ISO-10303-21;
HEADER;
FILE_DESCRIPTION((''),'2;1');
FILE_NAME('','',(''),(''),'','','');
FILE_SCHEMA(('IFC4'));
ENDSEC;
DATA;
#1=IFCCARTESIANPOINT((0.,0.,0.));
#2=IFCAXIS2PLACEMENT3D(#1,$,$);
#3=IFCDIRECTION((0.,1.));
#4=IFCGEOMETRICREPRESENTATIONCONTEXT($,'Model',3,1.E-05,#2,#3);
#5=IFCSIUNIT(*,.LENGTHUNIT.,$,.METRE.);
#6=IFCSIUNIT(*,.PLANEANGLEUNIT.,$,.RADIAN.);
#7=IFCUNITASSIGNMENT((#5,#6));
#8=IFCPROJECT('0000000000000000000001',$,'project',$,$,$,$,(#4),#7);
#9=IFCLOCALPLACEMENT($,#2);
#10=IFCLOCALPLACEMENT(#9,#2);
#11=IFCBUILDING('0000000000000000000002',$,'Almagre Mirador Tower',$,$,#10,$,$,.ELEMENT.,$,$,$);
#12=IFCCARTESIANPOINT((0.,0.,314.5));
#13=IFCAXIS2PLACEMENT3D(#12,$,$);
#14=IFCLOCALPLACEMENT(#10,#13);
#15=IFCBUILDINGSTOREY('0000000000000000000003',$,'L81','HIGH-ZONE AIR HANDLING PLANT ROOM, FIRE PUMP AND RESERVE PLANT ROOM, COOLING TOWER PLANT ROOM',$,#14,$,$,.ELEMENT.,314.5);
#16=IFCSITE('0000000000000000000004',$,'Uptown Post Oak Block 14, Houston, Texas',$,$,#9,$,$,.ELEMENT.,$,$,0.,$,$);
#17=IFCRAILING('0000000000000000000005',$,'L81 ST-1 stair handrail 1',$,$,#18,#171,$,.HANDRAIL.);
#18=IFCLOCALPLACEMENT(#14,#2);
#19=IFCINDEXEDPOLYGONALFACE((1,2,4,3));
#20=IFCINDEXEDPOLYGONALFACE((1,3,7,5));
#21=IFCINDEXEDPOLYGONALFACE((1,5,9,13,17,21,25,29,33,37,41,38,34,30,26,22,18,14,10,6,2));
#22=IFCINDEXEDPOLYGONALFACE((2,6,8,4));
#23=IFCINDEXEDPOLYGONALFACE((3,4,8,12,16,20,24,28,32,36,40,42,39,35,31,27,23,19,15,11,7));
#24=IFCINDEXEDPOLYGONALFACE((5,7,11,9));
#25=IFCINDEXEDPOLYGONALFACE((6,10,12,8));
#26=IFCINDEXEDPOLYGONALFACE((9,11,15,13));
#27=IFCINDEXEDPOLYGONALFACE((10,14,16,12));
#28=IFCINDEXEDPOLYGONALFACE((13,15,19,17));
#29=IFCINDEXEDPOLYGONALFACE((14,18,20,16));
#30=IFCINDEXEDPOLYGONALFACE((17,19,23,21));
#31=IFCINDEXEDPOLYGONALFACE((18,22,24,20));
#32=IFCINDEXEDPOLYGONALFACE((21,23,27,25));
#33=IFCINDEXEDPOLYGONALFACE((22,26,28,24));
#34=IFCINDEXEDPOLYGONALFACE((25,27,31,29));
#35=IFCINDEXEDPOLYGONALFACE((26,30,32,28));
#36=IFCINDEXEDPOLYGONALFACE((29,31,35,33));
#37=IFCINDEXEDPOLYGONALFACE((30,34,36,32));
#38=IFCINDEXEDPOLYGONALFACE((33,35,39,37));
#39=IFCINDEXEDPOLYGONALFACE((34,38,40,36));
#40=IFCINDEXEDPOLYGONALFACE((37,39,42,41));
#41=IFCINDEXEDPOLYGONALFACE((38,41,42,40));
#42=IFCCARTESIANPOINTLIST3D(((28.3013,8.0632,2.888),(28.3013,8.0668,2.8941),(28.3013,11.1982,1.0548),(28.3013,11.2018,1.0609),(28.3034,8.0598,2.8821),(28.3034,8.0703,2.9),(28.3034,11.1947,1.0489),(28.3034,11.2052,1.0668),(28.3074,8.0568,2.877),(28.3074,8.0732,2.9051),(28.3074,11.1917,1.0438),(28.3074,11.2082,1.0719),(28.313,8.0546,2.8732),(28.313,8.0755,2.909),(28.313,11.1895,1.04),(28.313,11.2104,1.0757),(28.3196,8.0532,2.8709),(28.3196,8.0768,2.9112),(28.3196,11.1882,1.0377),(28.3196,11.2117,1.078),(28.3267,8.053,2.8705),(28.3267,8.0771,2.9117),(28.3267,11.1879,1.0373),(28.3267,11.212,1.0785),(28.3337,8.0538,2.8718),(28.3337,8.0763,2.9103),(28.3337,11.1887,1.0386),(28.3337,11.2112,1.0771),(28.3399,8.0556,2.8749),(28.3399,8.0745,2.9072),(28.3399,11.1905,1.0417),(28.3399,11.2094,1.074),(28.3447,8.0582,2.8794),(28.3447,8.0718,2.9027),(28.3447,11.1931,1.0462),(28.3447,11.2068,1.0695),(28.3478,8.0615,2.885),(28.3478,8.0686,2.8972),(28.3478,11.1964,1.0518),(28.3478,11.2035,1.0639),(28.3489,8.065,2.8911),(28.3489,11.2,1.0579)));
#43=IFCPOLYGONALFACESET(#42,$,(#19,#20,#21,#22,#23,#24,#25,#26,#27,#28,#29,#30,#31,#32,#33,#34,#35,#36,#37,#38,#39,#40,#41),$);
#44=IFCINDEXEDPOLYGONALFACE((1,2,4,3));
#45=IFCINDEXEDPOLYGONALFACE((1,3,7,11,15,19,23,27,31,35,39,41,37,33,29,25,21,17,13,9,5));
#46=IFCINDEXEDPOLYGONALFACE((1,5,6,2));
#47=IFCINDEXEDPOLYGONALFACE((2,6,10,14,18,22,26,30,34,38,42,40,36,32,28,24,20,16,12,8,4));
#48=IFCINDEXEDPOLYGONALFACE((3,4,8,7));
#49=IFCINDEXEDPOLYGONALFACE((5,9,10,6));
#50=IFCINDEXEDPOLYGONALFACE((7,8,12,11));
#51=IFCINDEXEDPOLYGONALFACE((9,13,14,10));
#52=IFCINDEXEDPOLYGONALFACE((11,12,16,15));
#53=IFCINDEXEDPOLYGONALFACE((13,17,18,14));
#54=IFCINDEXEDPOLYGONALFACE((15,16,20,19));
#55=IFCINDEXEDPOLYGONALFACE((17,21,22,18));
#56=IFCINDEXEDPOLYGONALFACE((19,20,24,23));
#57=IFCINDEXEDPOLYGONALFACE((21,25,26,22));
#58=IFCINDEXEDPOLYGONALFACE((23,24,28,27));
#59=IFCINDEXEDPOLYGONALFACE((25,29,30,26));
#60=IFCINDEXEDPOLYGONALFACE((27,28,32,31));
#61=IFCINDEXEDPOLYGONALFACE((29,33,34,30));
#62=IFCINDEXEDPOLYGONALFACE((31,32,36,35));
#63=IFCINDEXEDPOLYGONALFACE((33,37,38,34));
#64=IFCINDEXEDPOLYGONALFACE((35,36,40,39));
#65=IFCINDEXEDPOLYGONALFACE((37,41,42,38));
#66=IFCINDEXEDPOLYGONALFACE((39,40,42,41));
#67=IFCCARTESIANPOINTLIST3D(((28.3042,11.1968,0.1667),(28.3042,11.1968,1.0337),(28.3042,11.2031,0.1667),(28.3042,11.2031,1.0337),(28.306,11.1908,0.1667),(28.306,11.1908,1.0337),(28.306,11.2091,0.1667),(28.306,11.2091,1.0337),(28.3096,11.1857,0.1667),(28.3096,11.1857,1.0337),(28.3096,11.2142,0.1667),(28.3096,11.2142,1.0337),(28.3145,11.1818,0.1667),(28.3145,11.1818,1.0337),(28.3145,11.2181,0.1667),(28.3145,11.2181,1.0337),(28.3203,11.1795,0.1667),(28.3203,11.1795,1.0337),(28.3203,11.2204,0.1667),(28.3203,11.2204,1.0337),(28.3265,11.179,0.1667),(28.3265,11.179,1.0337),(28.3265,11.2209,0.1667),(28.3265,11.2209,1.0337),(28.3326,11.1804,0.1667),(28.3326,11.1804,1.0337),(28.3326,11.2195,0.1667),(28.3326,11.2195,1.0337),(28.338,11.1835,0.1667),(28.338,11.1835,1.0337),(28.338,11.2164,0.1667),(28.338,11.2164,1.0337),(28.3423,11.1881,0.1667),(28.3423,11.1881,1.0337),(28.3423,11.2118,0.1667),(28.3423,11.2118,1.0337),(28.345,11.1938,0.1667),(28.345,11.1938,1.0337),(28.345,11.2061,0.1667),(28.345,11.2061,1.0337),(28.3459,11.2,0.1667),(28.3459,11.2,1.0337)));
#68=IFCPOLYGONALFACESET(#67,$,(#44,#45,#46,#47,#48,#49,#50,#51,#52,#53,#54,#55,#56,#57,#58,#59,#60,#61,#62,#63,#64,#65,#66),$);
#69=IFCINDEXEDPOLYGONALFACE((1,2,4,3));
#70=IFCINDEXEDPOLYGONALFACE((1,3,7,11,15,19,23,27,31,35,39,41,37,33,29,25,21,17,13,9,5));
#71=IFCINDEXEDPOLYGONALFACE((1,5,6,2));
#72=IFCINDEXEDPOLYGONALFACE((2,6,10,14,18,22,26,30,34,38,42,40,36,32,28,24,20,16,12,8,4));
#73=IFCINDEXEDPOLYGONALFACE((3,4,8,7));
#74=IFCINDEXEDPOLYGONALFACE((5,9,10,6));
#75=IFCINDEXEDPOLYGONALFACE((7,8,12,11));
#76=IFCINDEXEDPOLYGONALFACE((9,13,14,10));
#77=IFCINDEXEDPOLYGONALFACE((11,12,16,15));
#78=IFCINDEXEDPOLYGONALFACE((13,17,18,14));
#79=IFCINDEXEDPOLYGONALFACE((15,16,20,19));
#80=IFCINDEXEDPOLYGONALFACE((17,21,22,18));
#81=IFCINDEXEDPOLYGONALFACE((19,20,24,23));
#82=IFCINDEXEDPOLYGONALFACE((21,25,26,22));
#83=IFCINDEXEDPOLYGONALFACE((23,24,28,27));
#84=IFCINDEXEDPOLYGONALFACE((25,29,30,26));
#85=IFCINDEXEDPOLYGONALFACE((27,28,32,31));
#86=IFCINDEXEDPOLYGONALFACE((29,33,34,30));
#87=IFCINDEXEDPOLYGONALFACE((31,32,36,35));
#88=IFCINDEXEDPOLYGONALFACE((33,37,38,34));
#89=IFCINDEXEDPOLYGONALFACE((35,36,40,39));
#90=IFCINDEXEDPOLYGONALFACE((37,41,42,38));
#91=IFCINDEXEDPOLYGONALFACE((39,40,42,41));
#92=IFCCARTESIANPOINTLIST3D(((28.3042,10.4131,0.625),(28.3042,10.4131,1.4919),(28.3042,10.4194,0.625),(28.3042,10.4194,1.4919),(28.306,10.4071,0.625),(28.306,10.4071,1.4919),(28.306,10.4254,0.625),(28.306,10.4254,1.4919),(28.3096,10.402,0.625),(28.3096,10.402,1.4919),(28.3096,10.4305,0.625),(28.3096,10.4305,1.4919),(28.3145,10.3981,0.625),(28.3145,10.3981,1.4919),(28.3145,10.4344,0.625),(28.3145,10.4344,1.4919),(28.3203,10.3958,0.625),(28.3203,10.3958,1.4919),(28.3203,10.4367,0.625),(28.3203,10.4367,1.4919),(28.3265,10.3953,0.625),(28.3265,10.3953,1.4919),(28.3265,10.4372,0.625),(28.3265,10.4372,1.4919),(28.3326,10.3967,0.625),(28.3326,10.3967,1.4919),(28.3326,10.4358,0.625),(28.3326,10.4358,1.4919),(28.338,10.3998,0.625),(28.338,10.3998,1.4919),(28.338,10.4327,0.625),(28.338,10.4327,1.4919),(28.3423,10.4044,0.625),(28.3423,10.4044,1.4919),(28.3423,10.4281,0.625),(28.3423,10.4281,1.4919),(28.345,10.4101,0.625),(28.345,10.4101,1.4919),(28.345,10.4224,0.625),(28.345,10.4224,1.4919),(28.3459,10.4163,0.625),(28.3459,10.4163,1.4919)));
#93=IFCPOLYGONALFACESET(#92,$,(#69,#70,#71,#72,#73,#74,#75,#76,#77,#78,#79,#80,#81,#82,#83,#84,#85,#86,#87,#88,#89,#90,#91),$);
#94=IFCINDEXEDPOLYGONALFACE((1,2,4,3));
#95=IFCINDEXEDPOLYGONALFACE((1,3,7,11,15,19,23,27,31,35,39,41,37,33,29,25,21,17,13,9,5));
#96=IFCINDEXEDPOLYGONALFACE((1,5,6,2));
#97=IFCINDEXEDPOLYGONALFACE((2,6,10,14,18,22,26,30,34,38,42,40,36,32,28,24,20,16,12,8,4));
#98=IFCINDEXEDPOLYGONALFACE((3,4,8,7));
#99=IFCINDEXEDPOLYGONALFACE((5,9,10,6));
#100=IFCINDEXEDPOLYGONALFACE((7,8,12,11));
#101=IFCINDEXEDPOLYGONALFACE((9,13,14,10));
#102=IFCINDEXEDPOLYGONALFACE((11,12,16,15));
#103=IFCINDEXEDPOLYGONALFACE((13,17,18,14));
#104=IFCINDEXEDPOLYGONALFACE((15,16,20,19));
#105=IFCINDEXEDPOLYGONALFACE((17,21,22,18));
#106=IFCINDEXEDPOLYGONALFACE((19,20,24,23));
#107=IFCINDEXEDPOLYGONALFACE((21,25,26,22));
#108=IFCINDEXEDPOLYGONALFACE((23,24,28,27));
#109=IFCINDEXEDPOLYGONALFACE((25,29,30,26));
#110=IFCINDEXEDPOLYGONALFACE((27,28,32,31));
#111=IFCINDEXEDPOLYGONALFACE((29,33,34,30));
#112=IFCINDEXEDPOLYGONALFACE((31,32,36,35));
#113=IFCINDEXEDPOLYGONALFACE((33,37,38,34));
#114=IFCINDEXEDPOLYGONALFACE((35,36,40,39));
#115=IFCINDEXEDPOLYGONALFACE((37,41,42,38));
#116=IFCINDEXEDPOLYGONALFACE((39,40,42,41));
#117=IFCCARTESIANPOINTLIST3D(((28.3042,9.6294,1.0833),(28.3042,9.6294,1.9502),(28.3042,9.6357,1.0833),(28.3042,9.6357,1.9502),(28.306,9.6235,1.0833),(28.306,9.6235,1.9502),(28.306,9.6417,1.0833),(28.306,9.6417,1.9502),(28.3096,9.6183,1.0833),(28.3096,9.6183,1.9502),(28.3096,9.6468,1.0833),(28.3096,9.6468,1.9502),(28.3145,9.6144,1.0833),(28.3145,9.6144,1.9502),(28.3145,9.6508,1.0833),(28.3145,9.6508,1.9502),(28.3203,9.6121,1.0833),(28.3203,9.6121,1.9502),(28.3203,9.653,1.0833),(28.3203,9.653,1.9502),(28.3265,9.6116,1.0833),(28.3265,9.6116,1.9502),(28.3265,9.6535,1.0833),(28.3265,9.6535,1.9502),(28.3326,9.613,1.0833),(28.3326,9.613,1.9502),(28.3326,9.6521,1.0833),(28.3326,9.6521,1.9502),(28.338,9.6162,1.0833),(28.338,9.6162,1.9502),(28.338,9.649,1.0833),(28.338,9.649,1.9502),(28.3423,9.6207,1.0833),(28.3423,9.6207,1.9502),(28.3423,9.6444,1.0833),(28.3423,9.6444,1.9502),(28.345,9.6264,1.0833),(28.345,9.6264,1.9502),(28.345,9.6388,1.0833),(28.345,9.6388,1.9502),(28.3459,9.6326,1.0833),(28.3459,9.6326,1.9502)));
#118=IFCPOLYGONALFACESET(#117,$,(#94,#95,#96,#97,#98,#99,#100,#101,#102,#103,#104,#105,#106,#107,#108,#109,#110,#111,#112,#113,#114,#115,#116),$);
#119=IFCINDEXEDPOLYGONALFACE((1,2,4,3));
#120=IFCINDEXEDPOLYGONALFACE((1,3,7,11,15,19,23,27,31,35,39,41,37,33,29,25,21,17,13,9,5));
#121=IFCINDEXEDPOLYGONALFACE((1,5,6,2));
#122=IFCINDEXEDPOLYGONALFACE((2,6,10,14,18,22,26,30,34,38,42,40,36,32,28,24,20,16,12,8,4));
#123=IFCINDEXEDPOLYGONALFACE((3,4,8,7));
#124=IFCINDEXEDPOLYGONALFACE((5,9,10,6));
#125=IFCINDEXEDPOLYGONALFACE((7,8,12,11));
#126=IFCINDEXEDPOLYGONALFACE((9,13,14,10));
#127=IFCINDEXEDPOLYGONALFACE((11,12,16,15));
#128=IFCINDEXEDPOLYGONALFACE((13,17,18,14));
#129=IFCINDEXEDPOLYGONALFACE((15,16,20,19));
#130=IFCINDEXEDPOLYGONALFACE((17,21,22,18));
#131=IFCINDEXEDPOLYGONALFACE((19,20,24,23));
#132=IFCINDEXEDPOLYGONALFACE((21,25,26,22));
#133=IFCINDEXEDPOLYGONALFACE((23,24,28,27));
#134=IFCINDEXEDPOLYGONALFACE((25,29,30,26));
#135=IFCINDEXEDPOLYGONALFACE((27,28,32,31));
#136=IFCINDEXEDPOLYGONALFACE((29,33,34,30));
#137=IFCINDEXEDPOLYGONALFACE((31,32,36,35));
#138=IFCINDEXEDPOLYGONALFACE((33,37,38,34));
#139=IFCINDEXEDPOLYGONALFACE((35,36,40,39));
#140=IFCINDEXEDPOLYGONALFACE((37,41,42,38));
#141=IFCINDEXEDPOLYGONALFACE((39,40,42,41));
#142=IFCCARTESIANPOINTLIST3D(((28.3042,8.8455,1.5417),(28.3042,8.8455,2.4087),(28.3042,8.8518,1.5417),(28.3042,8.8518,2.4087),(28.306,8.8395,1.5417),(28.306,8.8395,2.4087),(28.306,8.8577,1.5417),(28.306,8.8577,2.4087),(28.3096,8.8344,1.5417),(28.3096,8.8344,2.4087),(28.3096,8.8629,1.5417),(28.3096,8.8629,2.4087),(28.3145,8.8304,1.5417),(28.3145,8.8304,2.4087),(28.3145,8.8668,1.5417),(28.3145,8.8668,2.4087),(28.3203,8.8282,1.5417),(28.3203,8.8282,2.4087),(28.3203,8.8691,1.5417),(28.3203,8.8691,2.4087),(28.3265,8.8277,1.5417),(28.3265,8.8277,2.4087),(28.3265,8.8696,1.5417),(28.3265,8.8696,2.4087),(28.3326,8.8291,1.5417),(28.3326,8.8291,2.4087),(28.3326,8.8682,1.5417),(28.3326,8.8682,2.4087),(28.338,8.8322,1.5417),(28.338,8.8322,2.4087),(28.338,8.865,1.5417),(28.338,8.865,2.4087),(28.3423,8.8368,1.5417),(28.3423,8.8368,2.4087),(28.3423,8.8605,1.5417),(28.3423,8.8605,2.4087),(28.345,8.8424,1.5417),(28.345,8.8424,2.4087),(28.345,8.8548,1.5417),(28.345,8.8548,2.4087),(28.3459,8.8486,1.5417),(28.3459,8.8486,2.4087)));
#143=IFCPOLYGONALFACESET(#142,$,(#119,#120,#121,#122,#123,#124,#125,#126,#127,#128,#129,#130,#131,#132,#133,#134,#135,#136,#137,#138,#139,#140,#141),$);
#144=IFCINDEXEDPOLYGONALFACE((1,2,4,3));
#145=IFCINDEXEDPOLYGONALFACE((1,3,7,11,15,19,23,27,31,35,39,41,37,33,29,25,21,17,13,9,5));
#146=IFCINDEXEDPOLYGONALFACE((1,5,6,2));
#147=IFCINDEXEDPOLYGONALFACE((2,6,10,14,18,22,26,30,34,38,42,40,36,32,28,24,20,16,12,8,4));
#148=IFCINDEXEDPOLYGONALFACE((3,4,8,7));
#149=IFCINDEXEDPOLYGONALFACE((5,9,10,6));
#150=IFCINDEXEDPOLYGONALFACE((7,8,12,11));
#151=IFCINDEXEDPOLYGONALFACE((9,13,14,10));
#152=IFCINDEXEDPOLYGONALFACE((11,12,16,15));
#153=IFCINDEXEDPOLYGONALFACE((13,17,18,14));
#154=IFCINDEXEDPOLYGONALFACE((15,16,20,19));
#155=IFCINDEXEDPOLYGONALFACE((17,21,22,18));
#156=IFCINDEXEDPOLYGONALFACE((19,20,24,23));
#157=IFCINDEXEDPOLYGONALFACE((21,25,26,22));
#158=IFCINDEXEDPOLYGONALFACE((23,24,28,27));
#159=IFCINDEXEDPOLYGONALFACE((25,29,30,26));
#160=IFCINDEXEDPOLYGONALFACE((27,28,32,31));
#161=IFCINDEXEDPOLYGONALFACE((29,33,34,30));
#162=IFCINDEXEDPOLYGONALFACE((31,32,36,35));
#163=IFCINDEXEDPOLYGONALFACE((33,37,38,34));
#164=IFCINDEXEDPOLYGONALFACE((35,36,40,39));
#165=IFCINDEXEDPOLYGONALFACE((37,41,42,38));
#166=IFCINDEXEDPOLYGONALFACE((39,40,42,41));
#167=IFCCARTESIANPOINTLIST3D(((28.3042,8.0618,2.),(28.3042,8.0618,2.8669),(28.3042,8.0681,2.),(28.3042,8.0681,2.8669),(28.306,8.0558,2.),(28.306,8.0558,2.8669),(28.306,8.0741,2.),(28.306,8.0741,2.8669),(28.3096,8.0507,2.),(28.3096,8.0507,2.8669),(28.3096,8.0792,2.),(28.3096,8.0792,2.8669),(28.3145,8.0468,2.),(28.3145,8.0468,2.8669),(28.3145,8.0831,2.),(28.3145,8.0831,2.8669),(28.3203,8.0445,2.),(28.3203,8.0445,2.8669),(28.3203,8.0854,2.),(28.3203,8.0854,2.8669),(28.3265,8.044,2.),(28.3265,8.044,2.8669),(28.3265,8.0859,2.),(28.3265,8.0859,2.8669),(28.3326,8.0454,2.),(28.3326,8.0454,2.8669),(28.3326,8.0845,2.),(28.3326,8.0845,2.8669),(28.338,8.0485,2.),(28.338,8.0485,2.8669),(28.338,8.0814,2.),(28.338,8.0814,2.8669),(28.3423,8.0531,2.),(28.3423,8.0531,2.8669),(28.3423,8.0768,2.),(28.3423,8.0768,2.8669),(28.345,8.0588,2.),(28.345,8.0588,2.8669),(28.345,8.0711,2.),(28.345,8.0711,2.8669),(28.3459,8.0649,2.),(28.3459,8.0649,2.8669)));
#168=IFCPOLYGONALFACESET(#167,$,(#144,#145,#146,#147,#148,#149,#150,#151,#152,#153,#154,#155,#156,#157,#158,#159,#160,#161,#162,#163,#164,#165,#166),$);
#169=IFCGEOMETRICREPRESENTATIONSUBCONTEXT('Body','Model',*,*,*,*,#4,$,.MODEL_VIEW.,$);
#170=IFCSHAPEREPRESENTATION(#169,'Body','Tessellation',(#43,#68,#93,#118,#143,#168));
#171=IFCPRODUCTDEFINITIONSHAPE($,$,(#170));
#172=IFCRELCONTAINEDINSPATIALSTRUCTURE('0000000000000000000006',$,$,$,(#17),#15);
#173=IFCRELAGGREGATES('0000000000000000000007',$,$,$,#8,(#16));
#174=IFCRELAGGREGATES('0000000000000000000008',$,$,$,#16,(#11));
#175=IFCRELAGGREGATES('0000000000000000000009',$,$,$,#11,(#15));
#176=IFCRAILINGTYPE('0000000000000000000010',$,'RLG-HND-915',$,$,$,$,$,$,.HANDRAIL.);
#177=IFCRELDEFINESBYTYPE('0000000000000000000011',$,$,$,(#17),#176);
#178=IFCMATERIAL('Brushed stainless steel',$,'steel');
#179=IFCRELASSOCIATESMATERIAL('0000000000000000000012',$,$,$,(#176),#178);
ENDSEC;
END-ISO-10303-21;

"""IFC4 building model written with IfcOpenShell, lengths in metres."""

from ifc_helpers import new_model, si_unit, direction, frame, origin, origin_2d, place, context, subcontext, project, spatial, circle, extrude, material, type_object, element, save


model = new_model("IFC4")

# Units and contexts
model_context = context("Model", 3, precision=1e-05, world=origin(), true_north=direction((0.0, 1.0)))
body_context = subcontext(model_context, "Body", "Model", "MODEL_VIEW")
ifc_project = project(units=[si_unit("LENGTHUNIT", "METRE"), si_unit("PLANEANGLEUNIT", "RADIAN")], contexts=[model_context])

# Site, building, storey
site_placement = place(None, origin())
site = spatial("IfcSite", under=ifc_project, at=site_placement, Name="Uptown Post Oak Block 14, Houston, Texas", CompositionType="ELEMENT", RefElevation=0.0)
building_placement = place(site_placement, origin())
building = spatial("IfcBuilding", under=site, at=building_placement, Name="Almagre Mirador Tower", CompositionType="ELEMENT")
storey_placement = place(building_placement, frame((0.0, 0.0, 314.5)))
storey = spatial("IfcBuildingStorey", under=building, at=storey_placement, Name="L81", Description="HIGH-ZONE AIR HANDLING PLANT ROOM, FIRE PUMP AND RESERVE PLANT ROOM, COOLING TOWER PLANT ROOM", CompositionType="ELEMENT", Elevation=314.5)

# Railing
ifc_material_1 = material(Name="Brushed stainless steel", Category="steel")
railing_type = type_object("IfcRailingType", Name="RLG-HND-915", PredefinedType="HANDRAIL", material=ifc_material_1)
railing_placement = place(storey_placement, frame((28.325, 11.2, 0.1667)))
element("IfcRailing", 1, at=railing_placement, inside=storey, type_object=railing_type, Name="L81 ST-1 stair handrail 1", PredefinedType="HANDRAIL", context=body_context, shape_type="SweptSolid", body=[
    extrude(circle(Radius=0.0239, at=origin_2d()), frame((0.0, 0.0, 0.8911), z_axis=(0.0, -0.86324, 0.504794), x_axis=(1.0, 0.0, 0.0)), (0.0, 0.0, 1.0), 3.6316),
    extrude(circle(Radius=0.021, at=origin_2d()), origin(), (0.0, 0.0, 1.0), 0.8669),
    extrude(circle(Radius=0.021, at=origin_2d()), frame((0.0, -0.7837, 0.4583)), (0.0, 0.0, 1.0), 0.8669),
    extrude(circle(Radius=0.021, at=origin_2d()), frame((0.0, -1.5674, 0.9165)), (0.0, 0.0, 1.0), 0.8669),
    extrude(circle(Radius=0.021, at=origin_2d()), frame((0.0, -2.3513, 1.375)), (0.0, 0.0, 1.0), 0.8669),
    extrude(circle(Radius=0.021, at=origin_2d()), frame((0.0, -3.135, 1.8333)), (0.0, 0.0, 1.0), 0.8669),
])

save(model, "model.ifc")
